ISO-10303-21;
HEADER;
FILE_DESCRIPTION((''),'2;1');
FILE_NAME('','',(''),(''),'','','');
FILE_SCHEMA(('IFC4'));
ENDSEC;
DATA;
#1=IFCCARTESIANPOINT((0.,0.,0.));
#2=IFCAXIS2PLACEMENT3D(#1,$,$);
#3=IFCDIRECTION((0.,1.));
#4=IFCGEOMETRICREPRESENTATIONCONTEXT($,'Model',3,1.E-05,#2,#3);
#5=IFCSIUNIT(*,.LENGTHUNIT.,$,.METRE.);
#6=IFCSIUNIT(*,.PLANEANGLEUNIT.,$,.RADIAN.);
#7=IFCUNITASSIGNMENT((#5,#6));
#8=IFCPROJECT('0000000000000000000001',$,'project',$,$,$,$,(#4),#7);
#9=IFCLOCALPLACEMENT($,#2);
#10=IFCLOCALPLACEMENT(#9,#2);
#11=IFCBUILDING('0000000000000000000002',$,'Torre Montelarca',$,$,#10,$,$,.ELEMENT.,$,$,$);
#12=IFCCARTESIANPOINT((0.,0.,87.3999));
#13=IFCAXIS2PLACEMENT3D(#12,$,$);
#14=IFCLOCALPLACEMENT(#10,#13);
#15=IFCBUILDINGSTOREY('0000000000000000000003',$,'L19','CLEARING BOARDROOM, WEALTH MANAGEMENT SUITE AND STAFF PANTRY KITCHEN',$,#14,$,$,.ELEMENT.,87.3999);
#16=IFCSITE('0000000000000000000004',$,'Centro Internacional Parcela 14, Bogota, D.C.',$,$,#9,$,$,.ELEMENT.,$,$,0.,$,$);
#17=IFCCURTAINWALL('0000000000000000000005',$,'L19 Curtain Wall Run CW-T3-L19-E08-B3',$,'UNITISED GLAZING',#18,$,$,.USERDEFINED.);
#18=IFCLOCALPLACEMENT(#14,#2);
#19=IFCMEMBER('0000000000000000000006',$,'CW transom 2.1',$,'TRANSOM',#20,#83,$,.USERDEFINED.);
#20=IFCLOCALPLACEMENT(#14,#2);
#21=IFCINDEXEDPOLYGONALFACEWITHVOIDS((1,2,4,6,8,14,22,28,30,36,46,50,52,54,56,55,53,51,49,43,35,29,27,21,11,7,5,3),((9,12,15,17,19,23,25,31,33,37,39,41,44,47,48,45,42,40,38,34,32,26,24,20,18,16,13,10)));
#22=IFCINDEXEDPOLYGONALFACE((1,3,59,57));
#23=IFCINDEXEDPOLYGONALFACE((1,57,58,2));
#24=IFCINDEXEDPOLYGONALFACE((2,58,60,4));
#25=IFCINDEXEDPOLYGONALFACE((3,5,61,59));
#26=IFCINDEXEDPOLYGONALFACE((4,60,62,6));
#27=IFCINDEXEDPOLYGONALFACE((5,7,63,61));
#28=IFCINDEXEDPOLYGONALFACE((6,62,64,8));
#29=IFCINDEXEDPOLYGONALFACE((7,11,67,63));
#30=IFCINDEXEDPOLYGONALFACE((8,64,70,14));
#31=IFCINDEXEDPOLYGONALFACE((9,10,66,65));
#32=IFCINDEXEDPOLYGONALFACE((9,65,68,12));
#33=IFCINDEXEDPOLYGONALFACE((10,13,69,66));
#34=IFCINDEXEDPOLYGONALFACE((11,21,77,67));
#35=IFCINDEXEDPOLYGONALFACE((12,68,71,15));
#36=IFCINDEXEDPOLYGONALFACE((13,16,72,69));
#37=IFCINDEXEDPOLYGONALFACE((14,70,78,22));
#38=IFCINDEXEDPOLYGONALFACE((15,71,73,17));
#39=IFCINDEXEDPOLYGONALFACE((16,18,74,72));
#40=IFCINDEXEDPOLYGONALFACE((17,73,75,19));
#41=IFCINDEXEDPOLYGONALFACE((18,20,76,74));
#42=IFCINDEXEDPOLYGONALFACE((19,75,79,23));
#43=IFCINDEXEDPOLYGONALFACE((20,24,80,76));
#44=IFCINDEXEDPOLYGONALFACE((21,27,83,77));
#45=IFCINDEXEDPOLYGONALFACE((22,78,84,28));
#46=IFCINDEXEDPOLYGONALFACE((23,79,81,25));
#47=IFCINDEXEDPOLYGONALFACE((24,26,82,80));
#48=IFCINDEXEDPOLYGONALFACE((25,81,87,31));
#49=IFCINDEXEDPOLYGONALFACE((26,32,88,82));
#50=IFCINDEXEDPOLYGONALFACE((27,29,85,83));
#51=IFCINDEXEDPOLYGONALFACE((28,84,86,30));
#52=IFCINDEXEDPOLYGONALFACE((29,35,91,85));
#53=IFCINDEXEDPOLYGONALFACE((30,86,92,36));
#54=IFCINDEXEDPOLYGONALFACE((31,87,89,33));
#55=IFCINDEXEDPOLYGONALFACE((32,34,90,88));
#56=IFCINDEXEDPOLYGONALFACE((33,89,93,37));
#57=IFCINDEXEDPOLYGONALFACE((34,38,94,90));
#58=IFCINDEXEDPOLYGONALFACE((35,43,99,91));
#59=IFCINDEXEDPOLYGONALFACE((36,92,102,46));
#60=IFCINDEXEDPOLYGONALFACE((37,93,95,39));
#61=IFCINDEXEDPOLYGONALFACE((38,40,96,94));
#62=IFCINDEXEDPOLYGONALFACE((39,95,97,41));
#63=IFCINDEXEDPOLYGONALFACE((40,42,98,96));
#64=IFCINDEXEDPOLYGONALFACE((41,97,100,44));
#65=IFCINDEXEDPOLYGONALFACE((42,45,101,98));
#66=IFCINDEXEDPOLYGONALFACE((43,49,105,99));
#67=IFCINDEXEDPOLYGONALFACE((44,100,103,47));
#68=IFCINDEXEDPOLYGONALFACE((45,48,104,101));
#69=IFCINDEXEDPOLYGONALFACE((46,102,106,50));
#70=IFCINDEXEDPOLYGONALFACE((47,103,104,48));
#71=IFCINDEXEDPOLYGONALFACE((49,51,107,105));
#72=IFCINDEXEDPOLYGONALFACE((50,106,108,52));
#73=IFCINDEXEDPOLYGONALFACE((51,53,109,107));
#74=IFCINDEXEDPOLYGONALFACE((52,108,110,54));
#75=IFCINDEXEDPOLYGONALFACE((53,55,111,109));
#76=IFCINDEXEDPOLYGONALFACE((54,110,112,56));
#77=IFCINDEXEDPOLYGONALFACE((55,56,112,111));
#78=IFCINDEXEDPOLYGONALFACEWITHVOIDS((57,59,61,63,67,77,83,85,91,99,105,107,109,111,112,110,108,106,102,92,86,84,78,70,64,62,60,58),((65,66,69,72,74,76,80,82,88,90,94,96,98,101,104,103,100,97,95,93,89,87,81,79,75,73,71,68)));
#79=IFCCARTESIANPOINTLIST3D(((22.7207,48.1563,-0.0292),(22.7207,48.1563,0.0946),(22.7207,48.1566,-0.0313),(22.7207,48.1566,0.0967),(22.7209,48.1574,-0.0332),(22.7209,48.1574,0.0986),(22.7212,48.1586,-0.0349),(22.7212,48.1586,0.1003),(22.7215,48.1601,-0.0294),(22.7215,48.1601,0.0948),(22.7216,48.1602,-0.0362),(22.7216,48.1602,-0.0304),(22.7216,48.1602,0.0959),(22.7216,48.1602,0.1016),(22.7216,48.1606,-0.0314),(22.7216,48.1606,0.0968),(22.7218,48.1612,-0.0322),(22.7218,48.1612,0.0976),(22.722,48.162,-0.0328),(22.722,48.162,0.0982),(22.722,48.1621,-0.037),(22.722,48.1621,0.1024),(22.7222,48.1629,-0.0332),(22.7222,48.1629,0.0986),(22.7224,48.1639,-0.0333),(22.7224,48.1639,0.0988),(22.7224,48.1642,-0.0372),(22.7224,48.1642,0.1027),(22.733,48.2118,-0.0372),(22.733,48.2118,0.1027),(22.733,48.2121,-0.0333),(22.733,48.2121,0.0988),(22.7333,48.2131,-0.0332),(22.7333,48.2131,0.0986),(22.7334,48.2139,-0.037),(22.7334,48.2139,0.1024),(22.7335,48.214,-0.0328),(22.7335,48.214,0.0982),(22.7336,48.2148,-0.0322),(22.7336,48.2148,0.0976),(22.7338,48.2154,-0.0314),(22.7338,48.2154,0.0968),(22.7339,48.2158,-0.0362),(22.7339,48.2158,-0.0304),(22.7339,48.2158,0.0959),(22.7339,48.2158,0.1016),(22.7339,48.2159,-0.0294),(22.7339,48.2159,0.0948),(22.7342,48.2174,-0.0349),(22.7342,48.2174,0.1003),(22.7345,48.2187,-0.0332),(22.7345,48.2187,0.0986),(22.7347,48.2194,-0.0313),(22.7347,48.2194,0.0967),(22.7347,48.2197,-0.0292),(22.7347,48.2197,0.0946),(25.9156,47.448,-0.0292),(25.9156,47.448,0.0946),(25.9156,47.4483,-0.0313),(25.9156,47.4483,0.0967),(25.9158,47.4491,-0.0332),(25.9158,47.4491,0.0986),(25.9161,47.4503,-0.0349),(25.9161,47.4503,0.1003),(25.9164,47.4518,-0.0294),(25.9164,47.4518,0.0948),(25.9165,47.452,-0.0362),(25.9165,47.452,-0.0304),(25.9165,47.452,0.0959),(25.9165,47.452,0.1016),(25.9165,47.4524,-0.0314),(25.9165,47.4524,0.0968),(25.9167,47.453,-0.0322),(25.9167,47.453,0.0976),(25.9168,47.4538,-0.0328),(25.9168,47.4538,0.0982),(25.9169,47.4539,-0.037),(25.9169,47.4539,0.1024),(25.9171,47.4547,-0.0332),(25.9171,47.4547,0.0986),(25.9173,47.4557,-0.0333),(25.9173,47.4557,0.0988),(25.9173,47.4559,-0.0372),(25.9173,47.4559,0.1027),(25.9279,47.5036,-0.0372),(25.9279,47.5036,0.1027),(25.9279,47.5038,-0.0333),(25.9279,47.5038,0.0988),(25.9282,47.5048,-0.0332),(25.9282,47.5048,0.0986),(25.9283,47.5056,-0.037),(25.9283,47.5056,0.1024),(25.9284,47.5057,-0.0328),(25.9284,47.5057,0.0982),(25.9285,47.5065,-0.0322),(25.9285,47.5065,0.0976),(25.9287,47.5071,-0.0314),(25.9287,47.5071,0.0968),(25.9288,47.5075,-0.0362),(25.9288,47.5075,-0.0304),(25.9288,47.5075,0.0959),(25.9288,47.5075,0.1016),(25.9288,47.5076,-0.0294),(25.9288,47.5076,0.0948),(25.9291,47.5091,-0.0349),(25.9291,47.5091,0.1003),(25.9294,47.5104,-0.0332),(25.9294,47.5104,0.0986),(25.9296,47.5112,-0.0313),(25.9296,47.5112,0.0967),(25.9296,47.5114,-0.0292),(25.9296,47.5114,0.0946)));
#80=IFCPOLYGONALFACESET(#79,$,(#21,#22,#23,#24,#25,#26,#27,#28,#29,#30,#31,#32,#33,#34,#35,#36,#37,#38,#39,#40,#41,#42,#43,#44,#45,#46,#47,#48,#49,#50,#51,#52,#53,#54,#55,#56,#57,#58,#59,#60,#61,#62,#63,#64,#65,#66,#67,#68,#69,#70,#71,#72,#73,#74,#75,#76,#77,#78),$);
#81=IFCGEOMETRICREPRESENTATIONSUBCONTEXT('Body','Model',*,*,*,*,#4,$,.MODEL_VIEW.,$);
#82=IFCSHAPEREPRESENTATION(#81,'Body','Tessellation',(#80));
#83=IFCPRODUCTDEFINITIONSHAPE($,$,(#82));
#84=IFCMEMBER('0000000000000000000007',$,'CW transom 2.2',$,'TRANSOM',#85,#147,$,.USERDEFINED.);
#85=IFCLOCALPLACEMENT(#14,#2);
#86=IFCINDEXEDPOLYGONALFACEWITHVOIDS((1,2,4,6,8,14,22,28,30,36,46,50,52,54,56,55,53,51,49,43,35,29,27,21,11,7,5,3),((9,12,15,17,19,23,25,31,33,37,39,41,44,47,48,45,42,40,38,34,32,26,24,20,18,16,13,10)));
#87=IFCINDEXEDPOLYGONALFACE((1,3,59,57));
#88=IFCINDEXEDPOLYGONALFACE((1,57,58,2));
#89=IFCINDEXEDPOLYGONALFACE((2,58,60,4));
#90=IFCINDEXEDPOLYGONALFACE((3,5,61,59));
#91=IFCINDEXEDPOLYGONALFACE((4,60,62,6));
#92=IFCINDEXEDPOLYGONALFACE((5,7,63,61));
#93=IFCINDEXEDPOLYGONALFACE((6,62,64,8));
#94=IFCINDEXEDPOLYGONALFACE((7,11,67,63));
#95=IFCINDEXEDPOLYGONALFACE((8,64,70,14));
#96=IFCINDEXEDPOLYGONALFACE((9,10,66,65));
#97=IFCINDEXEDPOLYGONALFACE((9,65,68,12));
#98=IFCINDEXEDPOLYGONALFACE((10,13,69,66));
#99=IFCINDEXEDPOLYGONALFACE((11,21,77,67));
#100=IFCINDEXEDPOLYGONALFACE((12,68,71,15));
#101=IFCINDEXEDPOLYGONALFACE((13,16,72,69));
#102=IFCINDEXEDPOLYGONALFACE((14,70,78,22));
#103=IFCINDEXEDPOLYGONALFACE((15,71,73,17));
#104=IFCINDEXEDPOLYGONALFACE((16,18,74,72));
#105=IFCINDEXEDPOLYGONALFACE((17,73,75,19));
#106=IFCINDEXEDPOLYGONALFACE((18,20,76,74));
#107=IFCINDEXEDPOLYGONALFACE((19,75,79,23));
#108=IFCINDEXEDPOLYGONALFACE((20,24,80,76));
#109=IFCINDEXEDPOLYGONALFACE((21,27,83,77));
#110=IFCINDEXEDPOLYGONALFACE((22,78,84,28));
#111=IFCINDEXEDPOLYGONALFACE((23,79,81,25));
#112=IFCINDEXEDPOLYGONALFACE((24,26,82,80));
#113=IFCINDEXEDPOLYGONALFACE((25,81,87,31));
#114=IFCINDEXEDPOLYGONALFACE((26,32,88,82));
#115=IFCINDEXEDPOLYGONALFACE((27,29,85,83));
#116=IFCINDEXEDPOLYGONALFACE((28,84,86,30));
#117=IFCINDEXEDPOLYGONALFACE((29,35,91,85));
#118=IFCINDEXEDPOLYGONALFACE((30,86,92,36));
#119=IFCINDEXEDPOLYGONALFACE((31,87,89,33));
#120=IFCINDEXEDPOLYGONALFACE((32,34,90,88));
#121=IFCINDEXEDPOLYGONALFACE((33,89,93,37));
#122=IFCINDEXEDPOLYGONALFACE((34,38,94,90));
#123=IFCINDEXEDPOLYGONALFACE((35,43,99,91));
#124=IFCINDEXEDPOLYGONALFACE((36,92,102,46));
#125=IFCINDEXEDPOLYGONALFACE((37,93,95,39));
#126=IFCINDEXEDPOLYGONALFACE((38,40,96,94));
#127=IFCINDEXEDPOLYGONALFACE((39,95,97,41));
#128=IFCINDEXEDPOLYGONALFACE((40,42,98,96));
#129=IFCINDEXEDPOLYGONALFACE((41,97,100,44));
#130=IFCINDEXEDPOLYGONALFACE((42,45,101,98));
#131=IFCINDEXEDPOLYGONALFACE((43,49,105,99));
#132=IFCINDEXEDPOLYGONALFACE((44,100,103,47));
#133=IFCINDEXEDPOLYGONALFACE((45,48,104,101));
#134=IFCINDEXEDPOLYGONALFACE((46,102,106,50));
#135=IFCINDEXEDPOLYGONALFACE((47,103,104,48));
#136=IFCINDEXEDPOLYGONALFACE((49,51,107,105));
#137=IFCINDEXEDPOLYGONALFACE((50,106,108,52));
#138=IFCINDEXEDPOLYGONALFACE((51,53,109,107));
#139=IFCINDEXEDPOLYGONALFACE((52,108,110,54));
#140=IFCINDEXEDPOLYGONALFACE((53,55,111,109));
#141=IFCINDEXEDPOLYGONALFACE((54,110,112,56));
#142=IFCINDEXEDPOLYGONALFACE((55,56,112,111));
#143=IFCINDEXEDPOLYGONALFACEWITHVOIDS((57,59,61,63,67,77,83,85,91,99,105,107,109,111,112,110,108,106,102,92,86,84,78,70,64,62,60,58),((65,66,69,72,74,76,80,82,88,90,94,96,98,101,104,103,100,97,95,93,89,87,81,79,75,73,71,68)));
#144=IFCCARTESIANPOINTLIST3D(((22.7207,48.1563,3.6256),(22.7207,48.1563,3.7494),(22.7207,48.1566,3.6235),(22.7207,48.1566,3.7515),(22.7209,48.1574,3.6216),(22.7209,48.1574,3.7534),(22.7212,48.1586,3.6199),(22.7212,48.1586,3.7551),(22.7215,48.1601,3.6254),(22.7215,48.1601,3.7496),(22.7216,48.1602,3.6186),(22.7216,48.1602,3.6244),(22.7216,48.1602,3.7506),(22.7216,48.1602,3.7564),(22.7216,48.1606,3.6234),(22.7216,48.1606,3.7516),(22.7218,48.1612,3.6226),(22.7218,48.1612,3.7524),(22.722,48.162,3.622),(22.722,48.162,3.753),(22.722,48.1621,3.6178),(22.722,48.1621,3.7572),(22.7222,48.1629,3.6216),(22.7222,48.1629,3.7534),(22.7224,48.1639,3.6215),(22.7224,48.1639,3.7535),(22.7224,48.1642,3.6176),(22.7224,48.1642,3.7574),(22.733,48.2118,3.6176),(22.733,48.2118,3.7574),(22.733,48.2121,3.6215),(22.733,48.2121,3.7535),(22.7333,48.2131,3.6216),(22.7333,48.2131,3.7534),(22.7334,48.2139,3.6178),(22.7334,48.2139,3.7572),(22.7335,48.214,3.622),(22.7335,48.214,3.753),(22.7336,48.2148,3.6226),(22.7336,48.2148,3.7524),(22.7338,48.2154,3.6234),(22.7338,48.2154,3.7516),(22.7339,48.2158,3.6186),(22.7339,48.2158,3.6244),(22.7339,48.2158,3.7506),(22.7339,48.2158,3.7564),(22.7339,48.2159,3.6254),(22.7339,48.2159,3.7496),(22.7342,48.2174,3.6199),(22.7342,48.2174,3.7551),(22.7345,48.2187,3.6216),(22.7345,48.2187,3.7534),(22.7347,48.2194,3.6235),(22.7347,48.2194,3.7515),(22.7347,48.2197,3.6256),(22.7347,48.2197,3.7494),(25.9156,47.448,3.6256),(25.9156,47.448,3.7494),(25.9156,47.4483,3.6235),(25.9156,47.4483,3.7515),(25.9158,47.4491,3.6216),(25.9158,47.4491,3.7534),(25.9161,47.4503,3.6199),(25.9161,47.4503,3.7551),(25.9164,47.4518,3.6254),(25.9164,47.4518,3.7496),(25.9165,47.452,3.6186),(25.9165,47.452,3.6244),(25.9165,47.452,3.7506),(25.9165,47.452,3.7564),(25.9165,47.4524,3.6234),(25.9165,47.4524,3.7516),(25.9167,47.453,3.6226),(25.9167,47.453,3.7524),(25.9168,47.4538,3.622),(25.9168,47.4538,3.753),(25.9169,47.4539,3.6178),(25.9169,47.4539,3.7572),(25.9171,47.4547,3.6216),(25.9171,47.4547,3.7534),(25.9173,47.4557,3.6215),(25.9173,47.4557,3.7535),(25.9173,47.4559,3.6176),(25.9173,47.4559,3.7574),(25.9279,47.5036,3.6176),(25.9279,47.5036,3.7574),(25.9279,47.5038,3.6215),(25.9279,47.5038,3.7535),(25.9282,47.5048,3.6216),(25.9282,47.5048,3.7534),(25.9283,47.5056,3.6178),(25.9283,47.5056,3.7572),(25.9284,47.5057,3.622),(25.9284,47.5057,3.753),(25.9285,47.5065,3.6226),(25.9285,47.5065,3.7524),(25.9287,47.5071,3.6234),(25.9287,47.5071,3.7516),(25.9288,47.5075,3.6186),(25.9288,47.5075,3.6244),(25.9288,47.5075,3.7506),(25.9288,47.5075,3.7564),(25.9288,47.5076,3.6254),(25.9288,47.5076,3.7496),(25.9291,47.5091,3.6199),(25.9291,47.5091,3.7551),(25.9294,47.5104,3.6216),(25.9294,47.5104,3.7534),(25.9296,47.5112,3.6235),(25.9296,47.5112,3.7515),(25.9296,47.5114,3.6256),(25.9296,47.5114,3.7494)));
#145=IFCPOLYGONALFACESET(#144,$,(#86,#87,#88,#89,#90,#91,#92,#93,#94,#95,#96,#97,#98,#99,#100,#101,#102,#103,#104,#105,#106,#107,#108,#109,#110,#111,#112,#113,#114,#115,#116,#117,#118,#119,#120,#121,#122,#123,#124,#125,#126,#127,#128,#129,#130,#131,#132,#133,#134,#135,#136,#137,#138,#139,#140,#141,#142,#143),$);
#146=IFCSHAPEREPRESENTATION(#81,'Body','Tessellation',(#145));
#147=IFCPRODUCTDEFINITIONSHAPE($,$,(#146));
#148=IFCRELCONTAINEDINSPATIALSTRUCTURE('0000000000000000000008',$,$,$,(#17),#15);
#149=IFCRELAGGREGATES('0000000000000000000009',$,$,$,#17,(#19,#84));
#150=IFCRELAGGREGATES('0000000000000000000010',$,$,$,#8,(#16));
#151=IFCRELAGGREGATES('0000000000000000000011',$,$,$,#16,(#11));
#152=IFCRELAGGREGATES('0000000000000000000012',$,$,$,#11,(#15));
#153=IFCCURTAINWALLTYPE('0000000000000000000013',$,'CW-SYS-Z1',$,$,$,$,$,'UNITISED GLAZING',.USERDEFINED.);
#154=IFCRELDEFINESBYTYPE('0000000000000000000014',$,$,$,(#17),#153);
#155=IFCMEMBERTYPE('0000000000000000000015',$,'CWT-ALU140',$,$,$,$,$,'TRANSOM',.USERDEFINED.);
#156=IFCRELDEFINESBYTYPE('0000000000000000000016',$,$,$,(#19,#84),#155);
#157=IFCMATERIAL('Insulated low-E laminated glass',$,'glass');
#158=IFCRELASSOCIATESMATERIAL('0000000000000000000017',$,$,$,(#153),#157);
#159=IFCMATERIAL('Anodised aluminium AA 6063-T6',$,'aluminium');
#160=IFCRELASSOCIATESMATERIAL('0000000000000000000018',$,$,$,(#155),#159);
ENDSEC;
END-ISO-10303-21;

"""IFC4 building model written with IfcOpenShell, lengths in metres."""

from ifc_helpers import new_model, si_unit, direction, frame, origin, origin_2d, place, context, subcontext, project, spatial, hollow_rectangle, extrude, source, transform, mapped, material, material_profile, profile_set, type_object, element, aggregate, save


model = new_model("IFC4")

# Units and contexts
model_context = context("Model", 3, precision=1e-05, world=origin(), true_north=direction((0.0, 1.0)))
body_context = subcontext(model_context, "Body", "Model", "MODEL_VIEW")
ifc_project = project(units=[si_unit("LENGTHUNIT", "METRE"), si_unit("PLANEANGLEUNIT", "RADIAN")], contexts=[model_context])

# Site, building, storey
site_placement = place(None, origin())
site = spatial("IfcSite", under=ifc_project, at=site_placement, Name="Centro Internacional Parcela 14, Bogota, D.C.", CompositionType="ELEMENT", RefElevation=0.0)
building_placement = place(site_placement, origin())
building = spatial("IfcBuilding", under=site, at=building_placement, Name="Torre Montelarca", CompositionType="ELEMENT")
storey_placement = place(building_placement, frame((0.0, 0.0, 87.3999)))
storey = spatial("IfcBuildingStorey", under=building, at=storey_placement, Name="L19", Description="CLEARING BOARDROOM, WEALTH MANAGEMENT SUITE AND STAFF PANTRY KITCHEN", CompositionType="ELEMENT", Elevation=87.3999)

# Curtain wall, members
ifc_material_1 = material(Name="Insulated low-E laminated glass", Category="glass")
curtain_wall_type = type_object("IfcCurtainWallType", Name="CW-SYS-Z1", ElementType="UNITISED GLAZING", PredefinedType="USERDEFINED", material=ifc_material_1)
ifc_material_2 = material(Name="Anodised aluminium AA 6063-T6", Category="aluminium")
ifc_material_profile_1 = material_profile(ifc_material_2, hollow_rectangle(XDim=0.0649, YDim=0.1399, WallThickness=0.0039, InnerFilletRadius=0.0039, OuterFilletRadius=0.0081, at=origin_2d()), Name="ALU65X140X4", Category="aluminium")
ifc_profile_set_1 = profile_set([ifc_material_profile_1], Name="Anodised aluminium AA 6063-T6")
member_type_1 = type_object("IfcMemberType", Name="CWT-ALU140", ElementType="TRANSOM", PredefinedType="USERDEFINED", material=ifc_profile_set_1)
curtain_wall_1_placement = place(storey_placement, origin())
curtain_wall_1 = element("IfcCurtainWall", 1, at=curtain_wall_1_placement, inside=storey, type_object=curtain_wall_type, Name="L19 Curtain Wall Run CW-T3-L19-E08-B3", ObjectType="UNITISED GLAZING", PredefinedType="USERDEFINED")
shared_shape_1 = source(origin(), body_context, "Body", "SweptSolid", [
    extrude(hollow_rectangle(XDim=0.0649, YDim=0.1399, WallThickness=0.0039, InnerFilletRadius=0.0039, OuterFilletRadius=0.0081, at=origin_2d()), origin(), (0.0, 0.0, 1.0), 3.2725),
])
member_1_placement = place(storey_placement, frame((25.9226, 47.4797, 0.0327), z_axis=(-0.976298, 0.216433, 0.0), x_axis=(-0.216433, -0.976298, 0.0)))
member_1 = element("IfcMember", 2, at=member_1_placement, type_object=member_type_1, Name="CW transom 2.1", ObjectType="TRANSOM", PredefinedType="USERDEFINED", context=body_context, shape_type="MappedRepresentation", body=[
    mapped(shared_shape_1, transform((0.0, 0.0, 0.0), scale=1.0)),
])
member_2_placement = place(storey_placement, frame((25.9226, 47.4797, 3.6875), z_axis=(-0.976298, 0.216433, 0.0), x_axis=(-0.216433, -0.976298, 0.0)))
member_2 = element("IfcMember", 3, at=member_2_placement, type_object=member_type_1, Name="CW transom 2.2", ObjectType="TRANSOM", PredefinedType="USERDEFINED", context=body_context, shape_type="MappedRepresentation", body=[
    mapped(shared_shape_1, transform((0.0, 0.0, 0.0), scale=1.0)),
])

aggregate(curtain_wall_1, [member_1, member_2])

save(model, "model.ifc")
